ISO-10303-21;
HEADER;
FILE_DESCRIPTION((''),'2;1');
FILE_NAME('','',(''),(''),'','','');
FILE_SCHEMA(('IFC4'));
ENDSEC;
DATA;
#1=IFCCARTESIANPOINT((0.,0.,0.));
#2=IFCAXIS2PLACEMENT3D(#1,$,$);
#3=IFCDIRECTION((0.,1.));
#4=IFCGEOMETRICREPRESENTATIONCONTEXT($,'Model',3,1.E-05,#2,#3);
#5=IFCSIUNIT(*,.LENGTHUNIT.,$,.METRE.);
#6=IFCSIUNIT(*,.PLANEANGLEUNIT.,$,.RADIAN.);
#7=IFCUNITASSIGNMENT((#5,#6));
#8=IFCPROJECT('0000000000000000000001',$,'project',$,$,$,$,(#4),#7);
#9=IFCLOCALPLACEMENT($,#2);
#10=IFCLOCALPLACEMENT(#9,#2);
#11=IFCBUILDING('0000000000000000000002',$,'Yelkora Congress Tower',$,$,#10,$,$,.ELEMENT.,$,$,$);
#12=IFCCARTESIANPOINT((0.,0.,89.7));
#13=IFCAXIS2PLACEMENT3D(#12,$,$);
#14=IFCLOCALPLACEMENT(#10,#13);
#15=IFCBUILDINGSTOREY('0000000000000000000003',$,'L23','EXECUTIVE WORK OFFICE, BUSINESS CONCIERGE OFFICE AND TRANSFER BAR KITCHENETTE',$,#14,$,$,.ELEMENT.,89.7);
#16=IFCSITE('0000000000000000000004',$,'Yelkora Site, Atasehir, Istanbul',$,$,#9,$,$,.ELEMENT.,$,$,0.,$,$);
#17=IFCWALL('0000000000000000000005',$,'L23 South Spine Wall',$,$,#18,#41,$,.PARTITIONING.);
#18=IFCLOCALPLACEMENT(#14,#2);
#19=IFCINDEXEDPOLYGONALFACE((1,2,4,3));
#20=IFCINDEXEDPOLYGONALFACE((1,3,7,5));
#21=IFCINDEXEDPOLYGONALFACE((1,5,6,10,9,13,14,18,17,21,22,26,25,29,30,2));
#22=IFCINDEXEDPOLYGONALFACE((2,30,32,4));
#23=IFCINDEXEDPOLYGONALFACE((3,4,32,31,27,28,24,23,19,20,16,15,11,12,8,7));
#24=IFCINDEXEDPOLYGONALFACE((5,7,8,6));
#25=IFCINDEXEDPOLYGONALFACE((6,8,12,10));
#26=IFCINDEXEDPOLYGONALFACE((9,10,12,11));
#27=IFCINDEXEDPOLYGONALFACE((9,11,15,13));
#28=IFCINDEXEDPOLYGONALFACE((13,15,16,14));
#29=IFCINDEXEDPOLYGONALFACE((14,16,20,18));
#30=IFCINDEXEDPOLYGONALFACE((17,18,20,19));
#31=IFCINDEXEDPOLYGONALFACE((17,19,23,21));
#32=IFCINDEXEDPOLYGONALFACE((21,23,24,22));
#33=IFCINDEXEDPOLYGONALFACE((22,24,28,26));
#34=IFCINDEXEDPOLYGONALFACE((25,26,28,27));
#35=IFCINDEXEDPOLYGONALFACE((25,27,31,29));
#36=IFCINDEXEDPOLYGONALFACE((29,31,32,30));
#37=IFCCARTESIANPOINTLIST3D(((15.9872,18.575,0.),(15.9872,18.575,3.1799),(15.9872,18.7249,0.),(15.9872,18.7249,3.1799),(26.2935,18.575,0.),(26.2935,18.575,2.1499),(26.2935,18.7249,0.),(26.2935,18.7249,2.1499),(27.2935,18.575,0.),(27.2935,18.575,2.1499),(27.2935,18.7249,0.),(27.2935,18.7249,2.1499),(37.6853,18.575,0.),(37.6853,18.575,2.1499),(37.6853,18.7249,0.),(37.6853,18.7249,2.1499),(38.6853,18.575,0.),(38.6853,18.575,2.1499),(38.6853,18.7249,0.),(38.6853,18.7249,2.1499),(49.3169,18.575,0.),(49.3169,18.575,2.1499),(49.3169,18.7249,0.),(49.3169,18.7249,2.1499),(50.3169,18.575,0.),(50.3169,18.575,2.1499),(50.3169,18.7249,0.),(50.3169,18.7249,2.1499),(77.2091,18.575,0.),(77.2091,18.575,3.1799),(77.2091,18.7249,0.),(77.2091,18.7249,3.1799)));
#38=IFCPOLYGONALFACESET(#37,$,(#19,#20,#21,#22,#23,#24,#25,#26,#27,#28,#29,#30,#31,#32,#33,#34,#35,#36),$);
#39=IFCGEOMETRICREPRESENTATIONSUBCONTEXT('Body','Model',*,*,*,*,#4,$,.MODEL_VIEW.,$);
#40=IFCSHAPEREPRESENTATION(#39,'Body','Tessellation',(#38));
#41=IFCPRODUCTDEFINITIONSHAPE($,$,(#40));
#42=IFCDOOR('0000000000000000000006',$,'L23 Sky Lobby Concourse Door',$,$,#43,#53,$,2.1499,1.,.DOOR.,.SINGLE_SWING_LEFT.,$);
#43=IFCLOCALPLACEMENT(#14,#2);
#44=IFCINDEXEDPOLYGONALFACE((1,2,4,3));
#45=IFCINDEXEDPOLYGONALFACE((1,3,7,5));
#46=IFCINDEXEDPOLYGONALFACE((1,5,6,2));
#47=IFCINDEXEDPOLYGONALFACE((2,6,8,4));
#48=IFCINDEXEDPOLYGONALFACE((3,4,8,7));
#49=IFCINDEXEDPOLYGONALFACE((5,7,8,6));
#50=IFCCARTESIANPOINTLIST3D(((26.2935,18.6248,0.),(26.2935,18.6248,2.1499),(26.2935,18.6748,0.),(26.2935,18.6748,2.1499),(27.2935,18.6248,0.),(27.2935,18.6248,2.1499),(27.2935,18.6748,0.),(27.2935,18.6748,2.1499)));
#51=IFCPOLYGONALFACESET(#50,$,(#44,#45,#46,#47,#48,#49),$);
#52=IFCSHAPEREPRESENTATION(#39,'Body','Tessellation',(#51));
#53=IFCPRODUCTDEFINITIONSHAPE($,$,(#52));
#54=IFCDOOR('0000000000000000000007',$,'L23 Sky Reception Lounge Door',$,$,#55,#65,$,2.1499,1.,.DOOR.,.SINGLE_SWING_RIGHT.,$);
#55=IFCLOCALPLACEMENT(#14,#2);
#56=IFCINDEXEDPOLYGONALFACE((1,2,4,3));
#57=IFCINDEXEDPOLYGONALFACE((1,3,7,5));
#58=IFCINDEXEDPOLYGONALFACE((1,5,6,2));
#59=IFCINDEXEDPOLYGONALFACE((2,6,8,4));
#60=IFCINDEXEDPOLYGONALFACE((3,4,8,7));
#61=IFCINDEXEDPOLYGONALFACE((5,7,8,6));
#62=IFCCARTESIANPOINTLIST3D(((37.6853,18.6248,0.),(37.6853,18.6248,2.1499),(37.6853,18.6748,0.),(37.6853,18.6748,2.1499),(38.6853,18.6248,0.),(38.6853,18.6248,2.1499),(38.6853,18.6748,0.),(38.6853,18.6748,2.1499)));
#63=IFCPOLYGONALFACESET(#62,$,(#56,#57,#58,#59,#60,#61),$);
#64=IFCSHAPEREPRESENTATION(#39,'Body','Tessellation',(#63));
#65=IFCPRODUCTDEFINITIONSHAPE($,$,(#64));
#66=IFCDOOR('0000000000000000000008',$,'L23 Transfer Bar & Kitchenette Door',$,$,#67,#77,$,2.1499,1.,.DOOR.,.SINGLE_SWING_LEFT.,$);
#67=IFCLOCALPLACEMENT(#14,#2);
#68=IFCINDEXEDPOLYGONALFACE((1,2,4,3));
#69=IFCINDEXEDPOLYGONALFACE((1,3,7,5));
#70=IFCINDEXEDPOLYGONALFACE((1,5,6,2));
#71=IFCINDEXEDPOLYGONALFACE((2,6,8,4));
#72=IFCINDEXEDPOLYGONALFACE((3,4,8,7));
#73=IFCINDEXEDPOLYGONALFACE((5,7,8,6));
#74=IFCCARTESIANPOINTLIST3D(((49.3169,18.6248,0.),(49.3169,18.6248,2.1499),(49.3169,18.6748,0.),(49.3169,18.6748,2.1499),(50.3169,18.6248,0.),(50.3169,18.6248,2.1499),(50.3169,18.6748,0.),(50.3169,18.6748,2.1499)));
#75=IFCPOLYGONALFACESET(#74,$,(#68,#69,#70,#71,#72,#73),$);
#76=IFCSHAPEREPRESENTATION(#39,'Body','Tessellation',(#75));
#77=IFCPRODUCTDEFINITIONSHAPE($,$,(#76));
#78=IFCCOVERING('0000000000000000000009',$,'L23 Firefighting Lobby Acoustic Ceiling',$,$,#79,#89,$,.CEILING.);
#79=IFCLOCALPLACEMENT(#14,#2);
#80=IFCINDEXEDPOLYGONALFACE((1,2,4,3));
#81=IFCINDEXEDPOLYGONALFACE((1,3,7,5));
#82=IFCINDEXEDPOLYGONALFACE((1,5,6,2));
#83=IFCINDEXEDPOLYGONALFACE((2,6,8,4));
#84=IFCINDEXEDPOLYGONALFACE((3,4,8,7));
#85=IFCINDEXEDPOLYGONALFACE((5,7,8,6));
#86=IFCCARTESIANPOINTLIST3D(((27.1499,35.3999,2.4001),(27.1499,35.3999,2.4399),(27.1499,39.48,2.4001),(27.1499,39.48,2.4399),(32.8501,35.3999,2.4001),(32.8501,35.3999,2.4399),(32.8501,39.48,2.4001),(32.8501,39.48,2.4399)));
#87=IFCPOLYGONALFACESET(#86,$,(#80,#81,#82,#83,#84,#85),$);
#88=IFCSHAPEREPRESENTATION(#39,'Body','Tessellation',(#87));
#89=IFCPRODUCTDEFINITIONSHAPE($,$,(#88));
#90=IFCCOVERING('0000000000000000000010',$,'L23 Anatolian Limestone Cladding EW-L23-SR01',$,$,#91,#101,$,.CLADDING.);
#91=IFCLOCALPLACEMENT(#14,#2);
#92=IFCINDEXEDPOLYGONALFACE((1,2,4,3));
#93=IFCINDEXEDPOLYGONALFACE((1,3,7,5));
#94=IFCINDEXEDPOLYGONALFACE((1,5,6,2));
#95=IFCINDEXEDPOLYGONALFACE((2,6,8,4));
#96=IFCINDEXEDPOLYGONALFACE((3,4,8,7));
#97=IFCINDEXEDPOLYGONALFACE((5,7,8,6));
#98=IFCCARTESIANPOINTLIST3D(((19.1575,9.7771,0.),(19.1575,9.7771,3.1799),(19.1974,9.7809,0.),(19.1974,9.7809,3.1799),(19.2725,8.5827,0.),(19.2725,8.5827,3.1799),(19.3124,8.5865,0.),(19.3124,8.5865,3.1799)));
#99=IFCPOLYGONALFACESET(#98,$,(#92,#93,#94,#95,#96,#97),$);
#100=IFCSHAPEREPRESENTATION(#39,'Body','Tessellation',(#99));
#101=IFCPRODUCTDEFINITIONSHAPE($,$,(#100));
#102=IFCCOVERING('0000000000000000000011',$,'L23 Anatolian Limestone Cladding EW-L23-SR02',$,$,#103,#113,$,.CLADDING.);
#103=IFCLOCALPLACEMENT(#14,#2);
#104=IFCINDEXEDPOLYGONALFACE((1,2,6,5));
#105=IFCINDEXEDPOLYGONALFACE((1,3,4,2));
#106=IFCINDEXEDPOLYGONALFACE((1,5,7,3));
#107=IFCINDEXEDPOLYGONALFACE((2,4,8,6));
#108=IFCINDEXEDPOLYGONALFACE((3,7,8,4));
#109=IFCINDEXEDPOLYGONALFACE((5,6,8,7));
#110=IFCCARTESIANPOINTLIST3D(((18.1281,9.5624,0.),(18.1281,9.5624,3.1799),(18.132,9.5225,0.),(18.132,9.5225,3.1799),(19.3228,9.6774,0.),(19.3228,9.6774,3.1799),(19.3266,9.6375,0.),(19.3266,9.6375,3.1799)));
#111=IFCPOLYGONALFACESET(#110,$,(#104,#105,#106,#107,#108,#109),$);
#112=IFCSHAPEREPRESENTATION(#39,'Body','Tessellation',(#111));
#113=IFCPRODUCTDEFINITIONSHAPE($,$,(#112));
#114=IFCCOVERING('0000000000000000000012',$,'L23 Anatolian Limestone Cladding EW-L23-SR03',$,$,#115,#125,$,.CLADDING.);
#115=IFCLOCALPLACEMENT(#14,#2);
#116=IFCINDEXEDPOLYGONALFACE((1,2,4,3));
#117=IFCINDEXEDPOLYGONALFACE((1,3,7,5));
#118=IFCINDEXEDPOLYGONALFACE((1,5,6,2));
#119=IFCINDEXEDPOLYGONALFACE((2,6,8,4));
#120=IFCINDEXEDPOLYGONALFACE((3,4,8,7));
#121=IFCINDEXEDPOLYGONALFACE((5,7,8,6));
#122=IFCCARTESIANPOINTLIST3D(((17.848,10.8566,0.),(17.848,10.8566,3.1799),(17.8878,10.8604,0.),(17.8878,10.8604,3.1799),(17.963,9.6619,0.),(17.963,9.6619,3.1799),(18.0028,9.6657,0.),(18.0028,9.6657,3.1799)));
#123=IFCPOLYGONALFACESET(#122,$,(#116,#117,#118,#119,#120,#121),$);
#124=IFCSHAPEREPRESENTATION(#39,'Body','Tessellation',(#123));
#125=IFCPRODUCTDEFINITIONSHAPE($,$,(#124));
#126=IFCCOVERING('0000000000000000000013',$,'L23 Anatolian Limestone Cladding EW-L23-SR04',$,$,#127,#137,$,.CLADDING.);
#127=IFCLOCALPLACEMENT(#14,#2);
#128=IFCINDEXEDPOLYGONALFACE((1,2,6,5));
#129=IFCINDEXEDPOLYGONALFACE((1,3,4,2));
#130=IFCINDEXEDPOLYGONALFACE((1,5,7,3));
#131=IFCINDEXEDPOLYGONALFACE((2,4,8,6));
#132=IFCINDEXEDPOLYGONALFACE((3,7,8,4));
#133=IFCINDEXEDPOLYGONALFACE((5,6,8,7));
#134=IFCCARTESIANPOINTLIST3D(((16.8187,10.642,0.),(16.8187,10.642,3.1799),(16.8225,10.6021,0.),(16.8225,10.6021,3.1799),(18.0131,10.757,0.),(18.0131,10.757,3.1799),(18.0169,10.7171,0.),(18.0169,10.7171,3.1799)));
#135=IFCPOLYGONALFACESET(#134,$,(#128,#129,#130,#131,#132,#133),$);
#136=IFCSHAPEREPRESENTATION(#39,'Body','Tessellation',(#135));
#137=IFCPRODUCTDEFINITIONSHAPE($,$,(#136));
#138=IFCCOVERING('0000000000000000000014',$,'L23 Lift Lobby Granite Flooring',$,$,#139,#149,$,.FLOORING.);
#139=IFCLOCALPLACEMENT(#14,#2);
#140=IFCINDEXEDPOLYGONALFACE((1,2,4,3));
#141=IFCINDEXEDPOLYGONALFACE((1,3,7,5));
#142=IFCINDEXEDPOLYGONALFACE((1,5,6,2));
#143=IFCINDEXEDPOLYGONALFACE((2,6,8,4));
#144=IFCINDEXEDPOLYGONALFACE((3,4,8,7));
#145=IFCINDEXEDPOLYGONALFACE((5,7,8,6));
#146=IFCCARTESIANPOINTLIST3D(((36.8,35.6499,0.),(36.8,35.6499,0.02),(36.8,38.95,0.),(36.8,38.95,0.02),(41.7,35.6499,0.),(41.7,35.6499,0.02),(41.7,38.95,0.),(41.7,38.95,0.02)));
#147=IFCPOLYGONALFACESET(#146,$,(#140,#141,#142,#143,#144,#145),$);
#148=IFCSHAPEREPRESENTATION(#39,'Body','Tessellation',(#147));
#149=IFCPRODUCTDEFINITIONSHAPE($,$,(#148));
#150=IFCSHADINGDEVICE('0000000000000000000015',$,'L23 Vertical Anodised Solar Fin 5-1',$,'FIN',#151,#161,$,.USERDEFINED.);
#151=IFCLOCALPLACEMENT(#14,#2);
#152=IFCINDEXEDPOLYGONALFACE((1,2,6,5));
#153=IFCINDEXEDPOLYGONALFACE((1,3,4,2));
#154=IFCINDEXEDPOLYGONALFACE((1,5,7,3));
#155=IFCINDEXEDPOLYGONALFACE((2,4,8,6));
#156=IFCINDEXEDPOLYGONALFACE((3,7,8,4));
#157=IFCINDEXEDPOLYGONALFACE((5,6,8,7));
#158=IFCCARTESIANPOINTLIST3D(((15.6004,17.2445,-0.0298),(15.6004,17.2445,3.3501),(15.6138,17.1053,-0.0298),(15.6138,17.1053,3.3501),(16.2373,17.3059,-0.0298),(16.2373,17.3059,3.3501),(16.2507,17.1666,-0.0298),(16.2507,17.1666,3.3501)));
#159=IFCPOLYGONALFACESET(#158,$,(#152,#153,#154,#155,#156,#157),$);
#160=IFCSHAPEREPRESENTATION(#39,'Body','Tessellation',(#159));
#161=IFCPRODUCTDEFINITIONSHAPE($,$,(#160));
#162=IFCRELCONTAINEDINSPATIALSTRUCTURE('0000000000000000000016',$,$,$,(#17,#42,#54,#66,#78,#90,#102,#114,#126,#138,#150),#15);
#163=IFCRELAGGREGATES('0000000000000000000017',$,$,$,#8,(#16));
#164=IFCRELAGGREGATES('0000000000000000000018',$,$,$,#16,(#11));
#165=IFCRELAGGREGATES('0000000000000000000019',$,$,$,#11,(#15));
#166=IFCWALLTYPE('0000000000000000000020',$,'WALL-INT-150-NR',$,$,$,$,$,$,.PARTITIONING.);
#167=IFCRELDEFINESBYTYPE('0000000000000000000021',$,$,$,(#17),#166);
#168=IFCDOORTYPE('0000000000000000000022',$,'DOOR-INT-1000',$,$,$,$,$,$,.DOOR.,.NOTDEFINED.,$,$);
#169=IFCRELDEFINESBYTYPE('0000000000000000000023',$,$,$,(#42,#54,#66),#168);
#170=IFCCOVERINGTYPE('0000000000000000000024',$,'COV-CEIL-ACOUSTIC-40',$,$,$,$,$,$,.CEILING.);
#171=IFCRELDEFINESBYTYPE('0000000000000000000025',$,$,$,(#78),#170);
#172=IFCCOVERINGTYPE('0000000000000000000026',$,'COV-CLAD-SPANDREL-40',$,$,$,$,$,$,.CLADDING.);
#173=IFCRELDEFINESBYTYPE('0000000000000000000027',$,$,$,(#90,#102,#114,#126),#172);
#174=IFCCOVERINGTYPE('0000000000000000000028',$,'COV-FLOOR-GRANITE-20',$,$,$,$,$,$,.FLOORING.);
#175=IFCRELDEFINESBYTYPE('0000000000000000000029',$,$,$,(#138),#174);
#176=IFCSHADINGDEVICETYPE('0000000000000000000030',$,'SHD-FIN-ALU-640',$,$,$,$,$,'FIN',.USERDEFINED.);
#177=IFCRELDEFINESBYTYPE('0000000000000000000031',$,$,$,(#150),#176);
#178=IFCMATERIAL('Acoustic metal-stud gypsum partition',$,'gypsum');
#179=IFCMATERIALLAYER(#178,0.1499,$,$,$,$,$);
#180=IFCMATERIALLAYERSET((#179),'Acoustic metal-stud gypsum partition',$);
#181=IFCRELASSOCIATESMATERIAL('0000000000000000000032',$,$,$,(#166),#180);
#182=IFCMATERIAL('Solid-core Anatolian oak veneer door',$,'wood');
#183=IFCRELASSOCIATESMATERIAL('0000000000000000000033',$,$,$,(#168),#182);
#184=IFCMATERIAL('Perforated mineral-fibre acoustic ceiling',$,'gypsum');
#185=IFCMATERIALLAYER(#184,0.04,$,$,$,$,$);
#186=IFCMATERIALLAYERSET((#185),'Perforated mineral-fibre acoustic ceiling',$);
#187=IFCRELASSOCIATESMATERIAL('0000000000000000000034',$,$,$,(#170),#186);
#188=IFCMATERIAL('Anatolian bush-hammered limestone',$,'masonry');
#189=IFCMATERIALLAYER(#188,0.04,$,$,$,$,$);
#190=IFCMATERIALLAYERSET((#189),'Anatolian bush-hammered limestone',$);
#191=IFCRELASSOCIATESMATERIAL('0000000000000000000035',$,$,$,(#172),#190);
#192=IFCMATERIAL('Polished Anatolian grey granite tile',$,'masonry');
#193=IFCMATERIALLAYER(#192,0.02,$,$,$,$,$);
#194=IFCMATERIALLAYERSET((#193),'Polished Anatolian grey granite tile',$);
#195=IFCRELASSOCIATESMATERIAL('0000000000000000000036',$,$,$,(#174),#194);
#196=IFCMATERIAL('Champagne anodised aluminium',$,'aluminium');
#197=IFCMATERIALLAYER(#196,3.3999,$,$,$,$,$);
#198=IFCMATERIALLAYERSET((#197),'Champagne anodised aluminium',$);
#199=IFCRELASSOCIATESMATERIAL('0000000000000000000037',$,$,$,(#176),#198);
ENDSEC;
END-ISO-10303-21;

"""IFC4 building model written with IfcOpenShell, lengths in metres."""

from ifc_helpers import new_model, si_unit, direction, frame, frame_2d, origin, origin_2d, place, context, subcontext, project, spatial, polyline, rectangle, outline, extrude, material, layer, layer_set, type_object, element, fill, save


model = new_model("IFC4")

# Units and contexts
model_context = context("Model", 3, precision=1e-05, world=origin(), true_north=direction((0.0, 1.0)))
body_context = subcontext(model_context, "Body", "Model", "MODEL_VIEW")
ifc_project = project(units=[si_unit("LENGTHUNIT", "METRE"), si_unit("PLANEANGLEUNIT", "RADIAN")], contexts=[model_context])

# Site, building, storey
site_placement = place(None, origin())
site = spatial("IfcSite", under=ifc_project, at=site_placement, Name="Yelkora Site, Atasehir, Istanbul", CompositionType="ELEMENT", RefElevation=0.0)
building_placement = place(site_placement, origin())
building = spatial("IfcBuilding", under=site, at=building_placement, Name="Yelkora Congress Tower", CompositionType="ELEMENT")
storey_placement = place(building_placement, frame((0.0, 0.0, 89.7)))
storey = spatial("IfcBuildingStorey", under=building, at=storey_placement, Name="L23", Description="EXECUTIVE WORK OFFICE, BUSINESS CONCIERGE OFFICE AND TRANSFER BAR KITCHENETTE", CompositionType="ELEMENT", Elevation=89.7)

# Wall, openings, doors
ifc_material_1 = material(Name="Acoustic metal-stud gypsum partition", Category="gypsum")
ifc_layer_1 = layer(ifc_material_1, 0.1499)
ifc_layer_set_1 = layer_set([ifc_layer_1], Name="Acoustic metal-stud gypsum partition")
wall_type_1 = type_object("IfcWallType", Name="WALL-INT-150-NR", PredefinedType="PARTITIONING", material=ifc_layer_set_1)
wall_1_placement = place(storey_placement, frame((15.9873, 18.6499, 0.0), z_axis=(0.0, 0.0, 1.0), x_axis=(1.0, 0.0, 0.0)))
wall_1 = element("IfcWall", 1, at=wall_1_placement, inside=storey, type_object=wall_type_1, Name="L23 South Spine Wall", PredefinedType="PARTITIONING", context=body_context, shape_type="SweptSolid", body=[
    extrude(rectangle(XDim=61.2219, YDim=0.1499, at=frame_2d((30.6108, 0.0))), origin(), (0.0, 0.0, 1.0), 3.1799),
])
opening_1_placement = place(wall_1_placement, frame((10.3062, 0.0, 0.0)))
opening_1 = element("IfcOpeningElement", 2, at=opening_1_placement, cuts=wall_1, PredefinedType="OPENING", context=body_context, shape_type="SweptSolid", body=[
    extrude(rectangle(XDim=1.0, YDim=2.1499, at=frame_2d((0.5, 1.075))), frame((0.0, 0.085, 0.0), z_axis=(0.0, -1.0, 0.0), x_axis=(1.0, 0.0, 0.0)), (0.0, 0.0, 1.0), 0.1699),
])
opening_2_placement = place(wall_1_placement, frame((21.698, 0.0, 0.0)))
opening_2 = element("IfcOpeningElement", 3, at=opening_2_placement, cuts=wall_1, PredefinedType="OPENING", context=body_context, shape_type="SweptSolid", body=[
    extrude(rectangle(XDim=1.0, YDim=2.1499, at=frame_2d((0.5, 1.075))), frame((0.0, 0.085, 0.0), z_axis=(0.0, -1.0, 0.0), x_axis=(1.0, 0.0, 0.0)), (0.0, 0.0, 1.0), 0.1699),
])
opening_3_placement = place(wall_1_placement, frame((33.3296, 0.0, 0.0)))
opening_3 = element("IfcOpeningElement", 4, at=opening_3_placement, cuts=wall_1, PredefinedType="OPENING", context=body_context, shape_type="SweptSolid", body=[
    extrude(rectangle(XDim=1.0, YDim=2.1499, at=frame_2d((0.5, 1.075))), frame((0.0, 0.085, 0.0), z_axis=(0.0, -1.0, 0.0), x_axis=(1.0, 0.0, 0.0)), (0.0, 0.0, 1.0), 0.1699),
])
ifc_material_2 = material(Name="Solid-core Anatolian oak veneer door", Category="wood")
door_type = type_object("IfcDoorType", Name="DOOR-INT-1000", OperationType="NOTDEFINED", PredefinedType="DOOR", material=ifc_material_2)
door_1_placement = place(opening_1_placement, origin())
door_1 = element("IfcDoor", 5, at=door_1_placement, inside=storey, type_object=door_type, Name="L23 Sky Lobby Concourse Door", OperationType="SINGLE_SWING_LEFT", OverallHeight=2.1499, OverallWidth=1.0, PredefinedType="DOOR", context=body_context, shape_type="SweptSolid", body=[
    extrude(rectangle(XDim=1.0, YDim=2.1499, at=frame_2d((0.5, 1.075))), frame((0.0, 0.0249, 0.0), z_axis=(0.0, -1.0, 0.0), x_axis=(1.0, 0.0, 0.0)), (0.0, 0.0, 1.0), 0.05),
])
fill(opening_1, door_1)
door_2_placement = place(opening_2_placement, origin())
door_2 = element("IfcDoor", 6, at=door_2_placement, inside=storey, type_object=door_type, Name="L23 Sky Reception Lounge Door", OperationType="SINGLE_SWING_RIGHT", OverallHeight=2.1499, OverallWidth=1.0, PredefinedType="DOOR", context=body_context, shape_type="SweptSolid", body=[
    extrude(rectangle(XDim=1.0, YDim=2.1499, at=frame_2d((0.5, 1.075))), frame((0.0, 0.0249, 0.0), z_axis=(0.0, -1.0, 0.0), x_axis=(1.0, 0.0, 0.0)), (0.0, 0.0, 1.0), 0.05),
])
fill(opening_2, door_2)
door_3_placement = place(opening_3_placement, origin())
door_3 = element("IfcDoor", 7, at=door_3_placement, inside=storey, type_object=door_type, Name="L23 Transfer Bar & Kitchenette Door", OperationType="SINGLE_SWING_LEFT", OverallHeight=2.1499, OverallWidth=1.0, PredefinedType="DOOR", context=body_context, shape_type="SweptSolid", body=[
    extrude(rectangle(XDim=1.0, YDim=2.1499, at=frame_2d((0.5, 1.075))), frame((0.0, 0.0249, 0.0), z_axis=(0.0, -1.0, 0.0), x_axis=(1.0, 0.0, 0.0)), (0.0, 0.0, 1.0), 0.05),
])
fill(opening_3, door_3)

# Coverings
ifc_material_3 = material(Name="Perforated mineral-fibre acoustic ceiling", Category="gypsum")
ifc_layer_2 = layer(ifc_material_3, 0.04)
ifc_layer_set_2 = layer_set([ifc_layer_2], Name="Perforated mineral-fibre acoustic ceiling")
covering_type_1 = type_object("IfcCoveringType", Name="COV-CEIL-ACOUSTIC-40", PredefinedType="CEILING", material=ifc_layer_set_2)
covering_1_placement = place(storey_placement, frame((0.0, 0.0, 2.4001)))
element("IfcCovering", 8, at=covering_1_placement, inside=storey, type_object=covering_type_1, Name="L23 Firefighting Lobby Acoustic Ceiling", PredefinedType="CEILING", context=body_context, shape_type="SweptSolid", body=[
    extrude(outline(polyline([(27.1499, 35.3999), (32.8501, 35.3999), (32.8501, 39.48), (27.1499, 39.48), (27.1499, 35.3999)])), origin(), (0.0, 0.0, 1.0), 0.0398),
])
ifc_material_4 = material(Name="Anatolian bush-hammered limestone", Category="masonry")
ifc_layer_3 = layer(ifc_material_4, 0.04)
ifc_layer_set_3 = layer_set([ifc_layer_3], Name="Anatolian bush-hammered limestone")
covering_type_2 = type_object("IfcCoveringType", Name="COV-CLAD-SPANDREL-40", PredefinedType="CLADDING", material=ifc_layer_set_3)
covering_2_placement = place(storey_placement, frame((19.2925, 8.5845, 0.0), z_axis=(0.0, 0.0, 1.0), x_axis=(-0.095836, 0.995397, 0.0)))
element("IfcCovering", 9, at=covering_2_placement, inside=storey, type_object=covering_type_2, Name="L23 Anatolian Limestone Cladding EW-L23-SR01", PredefinedType="CLADDING", context=body_context, shape_type="SweptSolid", body=[
    extrude(rectangle(XDim=1.2, YDim=0.04, at=frame_2d((0.6001, 0.0))), origin(), (0.0, 0.0, 1.0), 3.1799),
])
for number, where, z_axis, x_axis, name in (
    (10, (19.3247, 9.6575, 0.0), (0.0, 0.0, 1.0), (-0.995399, -0.095817, 0.0), "L23 Anatolian Limestone Cladding EW-L23-SR02"),
    (11, (17.9829, 9.6638, 0.0), (0.0, 0.0, 1.0), (-0.095817, 0.995399, 0.0), "L23 Anatolian Limestone Cladding EW-L23-SR03"),
):
    element("IfcCovering", number, at=place(storey_placement, frame(where, z_axis=z_axis, x_axis=x_axis)), inside=storey, type_object=covering_type_2, Name=name, PredefinedType="CLADDING", context=body_context, shape_type="SweptSolid", body=[
        extrude(rectangle(XDim=1.2002, YDim=0.04, at=frame_2d((0.6001, 0.0))), origin(), (0.0, 0.0, 1.0), 3.1799),
    ])
covering_3_placement = place(storey_placement, frame((18.0151, 10.7371, 0.0), z_axis=(0.0, 0.0, 1.0), x_axis=(-0.995397, -0.095836, 0.0)))
element("IfcCovering", 12, at=covering_3_placement, inside=storey, type_object=covering_type_2, Name="L23 Anatolian Limestone Cladding EW-L23-SR04", PredefinedType="CLADDING", context=body_context, shape_type="SweptSolid", body=[
    extrude(rectangle(XDim=1.2, YDim=0.04, at=frame_2d((0.6001, 0.0))), origin(), (0.0, 0.0, 1.0), 3.1799),
])
ifc_material_5 = material(Name="Polished Anatolian grey granite tile", Category="masonry")
ifc_layer_4 = layer(ifc_material_5, 0.02)
ifc_layer_set_4 = layer_set([ifc_layer_4], Name="Polished Anatolian grey granite tile")
covering_type_3 = type_object("IfcCoveringType", Name="COV-FLOOR-GRANITE-20", PredefinedType="FLOORING", material=ifc_layer_set_4)
covering_4_placement = place(storey_placement, origin())
element("IfcCovering", 13, at=covering_4_placement, inside=storey, type_object=covering_type_3, Name="L23 Lift Lobby Granite Flooring", PredefinedType="FLOORING", context=body_context, shape_type="SweptSolid", body=[
    extrude(outline(polyline([(36.8, 35.6499), (41.7, 35.6499), (41.7, 38.95), (36.8, 38.95), (36.8, 35.6499)])), origin(), (0.0, 0.0, 1.0), 0.02),
])

# Shading device
ifc_material_6 = material(Name="Champagne anodised aluminium", Category="aluminium")
ifc_layer_5 = layer(ifc_material_6, 3.3999)
ifc_layer_set_5 = layer_set([ifc_layer_5], Name="Champagne anodised aluminium")
shading_device_type = type_object("IfcShadingDeviceType", Name="SHD-FIN-ALU-640", ElementType="FIN", PredefinedType="USERDEFINED", material=ifc_layer_set_5)
shading_device_placement = place(storey_placement, frame((15.9255, 17.2056, -0.0298), z_axis=(0.0, 0.0, 1.0), x_axis=(-0.095846, 0.995396, 0.0)))
element("IfcShadingDevice", 14, at=shading_device_placement, inside=storey, type_object=shading_device_type, Name="L23 Vertical Anodised Solar Fin 5-1", ObjectType="FIN", PredefinedType="USERDEFINED", context=body_context, shape_type="SweptSolid", body=[
    extrude(rectangle(XDim=0.1399, YDim=0.6399, at=origin_2d()), origin(), (0.0, 0.0, 1.0), 3.3799),
])

save(model, "model.ifc")
